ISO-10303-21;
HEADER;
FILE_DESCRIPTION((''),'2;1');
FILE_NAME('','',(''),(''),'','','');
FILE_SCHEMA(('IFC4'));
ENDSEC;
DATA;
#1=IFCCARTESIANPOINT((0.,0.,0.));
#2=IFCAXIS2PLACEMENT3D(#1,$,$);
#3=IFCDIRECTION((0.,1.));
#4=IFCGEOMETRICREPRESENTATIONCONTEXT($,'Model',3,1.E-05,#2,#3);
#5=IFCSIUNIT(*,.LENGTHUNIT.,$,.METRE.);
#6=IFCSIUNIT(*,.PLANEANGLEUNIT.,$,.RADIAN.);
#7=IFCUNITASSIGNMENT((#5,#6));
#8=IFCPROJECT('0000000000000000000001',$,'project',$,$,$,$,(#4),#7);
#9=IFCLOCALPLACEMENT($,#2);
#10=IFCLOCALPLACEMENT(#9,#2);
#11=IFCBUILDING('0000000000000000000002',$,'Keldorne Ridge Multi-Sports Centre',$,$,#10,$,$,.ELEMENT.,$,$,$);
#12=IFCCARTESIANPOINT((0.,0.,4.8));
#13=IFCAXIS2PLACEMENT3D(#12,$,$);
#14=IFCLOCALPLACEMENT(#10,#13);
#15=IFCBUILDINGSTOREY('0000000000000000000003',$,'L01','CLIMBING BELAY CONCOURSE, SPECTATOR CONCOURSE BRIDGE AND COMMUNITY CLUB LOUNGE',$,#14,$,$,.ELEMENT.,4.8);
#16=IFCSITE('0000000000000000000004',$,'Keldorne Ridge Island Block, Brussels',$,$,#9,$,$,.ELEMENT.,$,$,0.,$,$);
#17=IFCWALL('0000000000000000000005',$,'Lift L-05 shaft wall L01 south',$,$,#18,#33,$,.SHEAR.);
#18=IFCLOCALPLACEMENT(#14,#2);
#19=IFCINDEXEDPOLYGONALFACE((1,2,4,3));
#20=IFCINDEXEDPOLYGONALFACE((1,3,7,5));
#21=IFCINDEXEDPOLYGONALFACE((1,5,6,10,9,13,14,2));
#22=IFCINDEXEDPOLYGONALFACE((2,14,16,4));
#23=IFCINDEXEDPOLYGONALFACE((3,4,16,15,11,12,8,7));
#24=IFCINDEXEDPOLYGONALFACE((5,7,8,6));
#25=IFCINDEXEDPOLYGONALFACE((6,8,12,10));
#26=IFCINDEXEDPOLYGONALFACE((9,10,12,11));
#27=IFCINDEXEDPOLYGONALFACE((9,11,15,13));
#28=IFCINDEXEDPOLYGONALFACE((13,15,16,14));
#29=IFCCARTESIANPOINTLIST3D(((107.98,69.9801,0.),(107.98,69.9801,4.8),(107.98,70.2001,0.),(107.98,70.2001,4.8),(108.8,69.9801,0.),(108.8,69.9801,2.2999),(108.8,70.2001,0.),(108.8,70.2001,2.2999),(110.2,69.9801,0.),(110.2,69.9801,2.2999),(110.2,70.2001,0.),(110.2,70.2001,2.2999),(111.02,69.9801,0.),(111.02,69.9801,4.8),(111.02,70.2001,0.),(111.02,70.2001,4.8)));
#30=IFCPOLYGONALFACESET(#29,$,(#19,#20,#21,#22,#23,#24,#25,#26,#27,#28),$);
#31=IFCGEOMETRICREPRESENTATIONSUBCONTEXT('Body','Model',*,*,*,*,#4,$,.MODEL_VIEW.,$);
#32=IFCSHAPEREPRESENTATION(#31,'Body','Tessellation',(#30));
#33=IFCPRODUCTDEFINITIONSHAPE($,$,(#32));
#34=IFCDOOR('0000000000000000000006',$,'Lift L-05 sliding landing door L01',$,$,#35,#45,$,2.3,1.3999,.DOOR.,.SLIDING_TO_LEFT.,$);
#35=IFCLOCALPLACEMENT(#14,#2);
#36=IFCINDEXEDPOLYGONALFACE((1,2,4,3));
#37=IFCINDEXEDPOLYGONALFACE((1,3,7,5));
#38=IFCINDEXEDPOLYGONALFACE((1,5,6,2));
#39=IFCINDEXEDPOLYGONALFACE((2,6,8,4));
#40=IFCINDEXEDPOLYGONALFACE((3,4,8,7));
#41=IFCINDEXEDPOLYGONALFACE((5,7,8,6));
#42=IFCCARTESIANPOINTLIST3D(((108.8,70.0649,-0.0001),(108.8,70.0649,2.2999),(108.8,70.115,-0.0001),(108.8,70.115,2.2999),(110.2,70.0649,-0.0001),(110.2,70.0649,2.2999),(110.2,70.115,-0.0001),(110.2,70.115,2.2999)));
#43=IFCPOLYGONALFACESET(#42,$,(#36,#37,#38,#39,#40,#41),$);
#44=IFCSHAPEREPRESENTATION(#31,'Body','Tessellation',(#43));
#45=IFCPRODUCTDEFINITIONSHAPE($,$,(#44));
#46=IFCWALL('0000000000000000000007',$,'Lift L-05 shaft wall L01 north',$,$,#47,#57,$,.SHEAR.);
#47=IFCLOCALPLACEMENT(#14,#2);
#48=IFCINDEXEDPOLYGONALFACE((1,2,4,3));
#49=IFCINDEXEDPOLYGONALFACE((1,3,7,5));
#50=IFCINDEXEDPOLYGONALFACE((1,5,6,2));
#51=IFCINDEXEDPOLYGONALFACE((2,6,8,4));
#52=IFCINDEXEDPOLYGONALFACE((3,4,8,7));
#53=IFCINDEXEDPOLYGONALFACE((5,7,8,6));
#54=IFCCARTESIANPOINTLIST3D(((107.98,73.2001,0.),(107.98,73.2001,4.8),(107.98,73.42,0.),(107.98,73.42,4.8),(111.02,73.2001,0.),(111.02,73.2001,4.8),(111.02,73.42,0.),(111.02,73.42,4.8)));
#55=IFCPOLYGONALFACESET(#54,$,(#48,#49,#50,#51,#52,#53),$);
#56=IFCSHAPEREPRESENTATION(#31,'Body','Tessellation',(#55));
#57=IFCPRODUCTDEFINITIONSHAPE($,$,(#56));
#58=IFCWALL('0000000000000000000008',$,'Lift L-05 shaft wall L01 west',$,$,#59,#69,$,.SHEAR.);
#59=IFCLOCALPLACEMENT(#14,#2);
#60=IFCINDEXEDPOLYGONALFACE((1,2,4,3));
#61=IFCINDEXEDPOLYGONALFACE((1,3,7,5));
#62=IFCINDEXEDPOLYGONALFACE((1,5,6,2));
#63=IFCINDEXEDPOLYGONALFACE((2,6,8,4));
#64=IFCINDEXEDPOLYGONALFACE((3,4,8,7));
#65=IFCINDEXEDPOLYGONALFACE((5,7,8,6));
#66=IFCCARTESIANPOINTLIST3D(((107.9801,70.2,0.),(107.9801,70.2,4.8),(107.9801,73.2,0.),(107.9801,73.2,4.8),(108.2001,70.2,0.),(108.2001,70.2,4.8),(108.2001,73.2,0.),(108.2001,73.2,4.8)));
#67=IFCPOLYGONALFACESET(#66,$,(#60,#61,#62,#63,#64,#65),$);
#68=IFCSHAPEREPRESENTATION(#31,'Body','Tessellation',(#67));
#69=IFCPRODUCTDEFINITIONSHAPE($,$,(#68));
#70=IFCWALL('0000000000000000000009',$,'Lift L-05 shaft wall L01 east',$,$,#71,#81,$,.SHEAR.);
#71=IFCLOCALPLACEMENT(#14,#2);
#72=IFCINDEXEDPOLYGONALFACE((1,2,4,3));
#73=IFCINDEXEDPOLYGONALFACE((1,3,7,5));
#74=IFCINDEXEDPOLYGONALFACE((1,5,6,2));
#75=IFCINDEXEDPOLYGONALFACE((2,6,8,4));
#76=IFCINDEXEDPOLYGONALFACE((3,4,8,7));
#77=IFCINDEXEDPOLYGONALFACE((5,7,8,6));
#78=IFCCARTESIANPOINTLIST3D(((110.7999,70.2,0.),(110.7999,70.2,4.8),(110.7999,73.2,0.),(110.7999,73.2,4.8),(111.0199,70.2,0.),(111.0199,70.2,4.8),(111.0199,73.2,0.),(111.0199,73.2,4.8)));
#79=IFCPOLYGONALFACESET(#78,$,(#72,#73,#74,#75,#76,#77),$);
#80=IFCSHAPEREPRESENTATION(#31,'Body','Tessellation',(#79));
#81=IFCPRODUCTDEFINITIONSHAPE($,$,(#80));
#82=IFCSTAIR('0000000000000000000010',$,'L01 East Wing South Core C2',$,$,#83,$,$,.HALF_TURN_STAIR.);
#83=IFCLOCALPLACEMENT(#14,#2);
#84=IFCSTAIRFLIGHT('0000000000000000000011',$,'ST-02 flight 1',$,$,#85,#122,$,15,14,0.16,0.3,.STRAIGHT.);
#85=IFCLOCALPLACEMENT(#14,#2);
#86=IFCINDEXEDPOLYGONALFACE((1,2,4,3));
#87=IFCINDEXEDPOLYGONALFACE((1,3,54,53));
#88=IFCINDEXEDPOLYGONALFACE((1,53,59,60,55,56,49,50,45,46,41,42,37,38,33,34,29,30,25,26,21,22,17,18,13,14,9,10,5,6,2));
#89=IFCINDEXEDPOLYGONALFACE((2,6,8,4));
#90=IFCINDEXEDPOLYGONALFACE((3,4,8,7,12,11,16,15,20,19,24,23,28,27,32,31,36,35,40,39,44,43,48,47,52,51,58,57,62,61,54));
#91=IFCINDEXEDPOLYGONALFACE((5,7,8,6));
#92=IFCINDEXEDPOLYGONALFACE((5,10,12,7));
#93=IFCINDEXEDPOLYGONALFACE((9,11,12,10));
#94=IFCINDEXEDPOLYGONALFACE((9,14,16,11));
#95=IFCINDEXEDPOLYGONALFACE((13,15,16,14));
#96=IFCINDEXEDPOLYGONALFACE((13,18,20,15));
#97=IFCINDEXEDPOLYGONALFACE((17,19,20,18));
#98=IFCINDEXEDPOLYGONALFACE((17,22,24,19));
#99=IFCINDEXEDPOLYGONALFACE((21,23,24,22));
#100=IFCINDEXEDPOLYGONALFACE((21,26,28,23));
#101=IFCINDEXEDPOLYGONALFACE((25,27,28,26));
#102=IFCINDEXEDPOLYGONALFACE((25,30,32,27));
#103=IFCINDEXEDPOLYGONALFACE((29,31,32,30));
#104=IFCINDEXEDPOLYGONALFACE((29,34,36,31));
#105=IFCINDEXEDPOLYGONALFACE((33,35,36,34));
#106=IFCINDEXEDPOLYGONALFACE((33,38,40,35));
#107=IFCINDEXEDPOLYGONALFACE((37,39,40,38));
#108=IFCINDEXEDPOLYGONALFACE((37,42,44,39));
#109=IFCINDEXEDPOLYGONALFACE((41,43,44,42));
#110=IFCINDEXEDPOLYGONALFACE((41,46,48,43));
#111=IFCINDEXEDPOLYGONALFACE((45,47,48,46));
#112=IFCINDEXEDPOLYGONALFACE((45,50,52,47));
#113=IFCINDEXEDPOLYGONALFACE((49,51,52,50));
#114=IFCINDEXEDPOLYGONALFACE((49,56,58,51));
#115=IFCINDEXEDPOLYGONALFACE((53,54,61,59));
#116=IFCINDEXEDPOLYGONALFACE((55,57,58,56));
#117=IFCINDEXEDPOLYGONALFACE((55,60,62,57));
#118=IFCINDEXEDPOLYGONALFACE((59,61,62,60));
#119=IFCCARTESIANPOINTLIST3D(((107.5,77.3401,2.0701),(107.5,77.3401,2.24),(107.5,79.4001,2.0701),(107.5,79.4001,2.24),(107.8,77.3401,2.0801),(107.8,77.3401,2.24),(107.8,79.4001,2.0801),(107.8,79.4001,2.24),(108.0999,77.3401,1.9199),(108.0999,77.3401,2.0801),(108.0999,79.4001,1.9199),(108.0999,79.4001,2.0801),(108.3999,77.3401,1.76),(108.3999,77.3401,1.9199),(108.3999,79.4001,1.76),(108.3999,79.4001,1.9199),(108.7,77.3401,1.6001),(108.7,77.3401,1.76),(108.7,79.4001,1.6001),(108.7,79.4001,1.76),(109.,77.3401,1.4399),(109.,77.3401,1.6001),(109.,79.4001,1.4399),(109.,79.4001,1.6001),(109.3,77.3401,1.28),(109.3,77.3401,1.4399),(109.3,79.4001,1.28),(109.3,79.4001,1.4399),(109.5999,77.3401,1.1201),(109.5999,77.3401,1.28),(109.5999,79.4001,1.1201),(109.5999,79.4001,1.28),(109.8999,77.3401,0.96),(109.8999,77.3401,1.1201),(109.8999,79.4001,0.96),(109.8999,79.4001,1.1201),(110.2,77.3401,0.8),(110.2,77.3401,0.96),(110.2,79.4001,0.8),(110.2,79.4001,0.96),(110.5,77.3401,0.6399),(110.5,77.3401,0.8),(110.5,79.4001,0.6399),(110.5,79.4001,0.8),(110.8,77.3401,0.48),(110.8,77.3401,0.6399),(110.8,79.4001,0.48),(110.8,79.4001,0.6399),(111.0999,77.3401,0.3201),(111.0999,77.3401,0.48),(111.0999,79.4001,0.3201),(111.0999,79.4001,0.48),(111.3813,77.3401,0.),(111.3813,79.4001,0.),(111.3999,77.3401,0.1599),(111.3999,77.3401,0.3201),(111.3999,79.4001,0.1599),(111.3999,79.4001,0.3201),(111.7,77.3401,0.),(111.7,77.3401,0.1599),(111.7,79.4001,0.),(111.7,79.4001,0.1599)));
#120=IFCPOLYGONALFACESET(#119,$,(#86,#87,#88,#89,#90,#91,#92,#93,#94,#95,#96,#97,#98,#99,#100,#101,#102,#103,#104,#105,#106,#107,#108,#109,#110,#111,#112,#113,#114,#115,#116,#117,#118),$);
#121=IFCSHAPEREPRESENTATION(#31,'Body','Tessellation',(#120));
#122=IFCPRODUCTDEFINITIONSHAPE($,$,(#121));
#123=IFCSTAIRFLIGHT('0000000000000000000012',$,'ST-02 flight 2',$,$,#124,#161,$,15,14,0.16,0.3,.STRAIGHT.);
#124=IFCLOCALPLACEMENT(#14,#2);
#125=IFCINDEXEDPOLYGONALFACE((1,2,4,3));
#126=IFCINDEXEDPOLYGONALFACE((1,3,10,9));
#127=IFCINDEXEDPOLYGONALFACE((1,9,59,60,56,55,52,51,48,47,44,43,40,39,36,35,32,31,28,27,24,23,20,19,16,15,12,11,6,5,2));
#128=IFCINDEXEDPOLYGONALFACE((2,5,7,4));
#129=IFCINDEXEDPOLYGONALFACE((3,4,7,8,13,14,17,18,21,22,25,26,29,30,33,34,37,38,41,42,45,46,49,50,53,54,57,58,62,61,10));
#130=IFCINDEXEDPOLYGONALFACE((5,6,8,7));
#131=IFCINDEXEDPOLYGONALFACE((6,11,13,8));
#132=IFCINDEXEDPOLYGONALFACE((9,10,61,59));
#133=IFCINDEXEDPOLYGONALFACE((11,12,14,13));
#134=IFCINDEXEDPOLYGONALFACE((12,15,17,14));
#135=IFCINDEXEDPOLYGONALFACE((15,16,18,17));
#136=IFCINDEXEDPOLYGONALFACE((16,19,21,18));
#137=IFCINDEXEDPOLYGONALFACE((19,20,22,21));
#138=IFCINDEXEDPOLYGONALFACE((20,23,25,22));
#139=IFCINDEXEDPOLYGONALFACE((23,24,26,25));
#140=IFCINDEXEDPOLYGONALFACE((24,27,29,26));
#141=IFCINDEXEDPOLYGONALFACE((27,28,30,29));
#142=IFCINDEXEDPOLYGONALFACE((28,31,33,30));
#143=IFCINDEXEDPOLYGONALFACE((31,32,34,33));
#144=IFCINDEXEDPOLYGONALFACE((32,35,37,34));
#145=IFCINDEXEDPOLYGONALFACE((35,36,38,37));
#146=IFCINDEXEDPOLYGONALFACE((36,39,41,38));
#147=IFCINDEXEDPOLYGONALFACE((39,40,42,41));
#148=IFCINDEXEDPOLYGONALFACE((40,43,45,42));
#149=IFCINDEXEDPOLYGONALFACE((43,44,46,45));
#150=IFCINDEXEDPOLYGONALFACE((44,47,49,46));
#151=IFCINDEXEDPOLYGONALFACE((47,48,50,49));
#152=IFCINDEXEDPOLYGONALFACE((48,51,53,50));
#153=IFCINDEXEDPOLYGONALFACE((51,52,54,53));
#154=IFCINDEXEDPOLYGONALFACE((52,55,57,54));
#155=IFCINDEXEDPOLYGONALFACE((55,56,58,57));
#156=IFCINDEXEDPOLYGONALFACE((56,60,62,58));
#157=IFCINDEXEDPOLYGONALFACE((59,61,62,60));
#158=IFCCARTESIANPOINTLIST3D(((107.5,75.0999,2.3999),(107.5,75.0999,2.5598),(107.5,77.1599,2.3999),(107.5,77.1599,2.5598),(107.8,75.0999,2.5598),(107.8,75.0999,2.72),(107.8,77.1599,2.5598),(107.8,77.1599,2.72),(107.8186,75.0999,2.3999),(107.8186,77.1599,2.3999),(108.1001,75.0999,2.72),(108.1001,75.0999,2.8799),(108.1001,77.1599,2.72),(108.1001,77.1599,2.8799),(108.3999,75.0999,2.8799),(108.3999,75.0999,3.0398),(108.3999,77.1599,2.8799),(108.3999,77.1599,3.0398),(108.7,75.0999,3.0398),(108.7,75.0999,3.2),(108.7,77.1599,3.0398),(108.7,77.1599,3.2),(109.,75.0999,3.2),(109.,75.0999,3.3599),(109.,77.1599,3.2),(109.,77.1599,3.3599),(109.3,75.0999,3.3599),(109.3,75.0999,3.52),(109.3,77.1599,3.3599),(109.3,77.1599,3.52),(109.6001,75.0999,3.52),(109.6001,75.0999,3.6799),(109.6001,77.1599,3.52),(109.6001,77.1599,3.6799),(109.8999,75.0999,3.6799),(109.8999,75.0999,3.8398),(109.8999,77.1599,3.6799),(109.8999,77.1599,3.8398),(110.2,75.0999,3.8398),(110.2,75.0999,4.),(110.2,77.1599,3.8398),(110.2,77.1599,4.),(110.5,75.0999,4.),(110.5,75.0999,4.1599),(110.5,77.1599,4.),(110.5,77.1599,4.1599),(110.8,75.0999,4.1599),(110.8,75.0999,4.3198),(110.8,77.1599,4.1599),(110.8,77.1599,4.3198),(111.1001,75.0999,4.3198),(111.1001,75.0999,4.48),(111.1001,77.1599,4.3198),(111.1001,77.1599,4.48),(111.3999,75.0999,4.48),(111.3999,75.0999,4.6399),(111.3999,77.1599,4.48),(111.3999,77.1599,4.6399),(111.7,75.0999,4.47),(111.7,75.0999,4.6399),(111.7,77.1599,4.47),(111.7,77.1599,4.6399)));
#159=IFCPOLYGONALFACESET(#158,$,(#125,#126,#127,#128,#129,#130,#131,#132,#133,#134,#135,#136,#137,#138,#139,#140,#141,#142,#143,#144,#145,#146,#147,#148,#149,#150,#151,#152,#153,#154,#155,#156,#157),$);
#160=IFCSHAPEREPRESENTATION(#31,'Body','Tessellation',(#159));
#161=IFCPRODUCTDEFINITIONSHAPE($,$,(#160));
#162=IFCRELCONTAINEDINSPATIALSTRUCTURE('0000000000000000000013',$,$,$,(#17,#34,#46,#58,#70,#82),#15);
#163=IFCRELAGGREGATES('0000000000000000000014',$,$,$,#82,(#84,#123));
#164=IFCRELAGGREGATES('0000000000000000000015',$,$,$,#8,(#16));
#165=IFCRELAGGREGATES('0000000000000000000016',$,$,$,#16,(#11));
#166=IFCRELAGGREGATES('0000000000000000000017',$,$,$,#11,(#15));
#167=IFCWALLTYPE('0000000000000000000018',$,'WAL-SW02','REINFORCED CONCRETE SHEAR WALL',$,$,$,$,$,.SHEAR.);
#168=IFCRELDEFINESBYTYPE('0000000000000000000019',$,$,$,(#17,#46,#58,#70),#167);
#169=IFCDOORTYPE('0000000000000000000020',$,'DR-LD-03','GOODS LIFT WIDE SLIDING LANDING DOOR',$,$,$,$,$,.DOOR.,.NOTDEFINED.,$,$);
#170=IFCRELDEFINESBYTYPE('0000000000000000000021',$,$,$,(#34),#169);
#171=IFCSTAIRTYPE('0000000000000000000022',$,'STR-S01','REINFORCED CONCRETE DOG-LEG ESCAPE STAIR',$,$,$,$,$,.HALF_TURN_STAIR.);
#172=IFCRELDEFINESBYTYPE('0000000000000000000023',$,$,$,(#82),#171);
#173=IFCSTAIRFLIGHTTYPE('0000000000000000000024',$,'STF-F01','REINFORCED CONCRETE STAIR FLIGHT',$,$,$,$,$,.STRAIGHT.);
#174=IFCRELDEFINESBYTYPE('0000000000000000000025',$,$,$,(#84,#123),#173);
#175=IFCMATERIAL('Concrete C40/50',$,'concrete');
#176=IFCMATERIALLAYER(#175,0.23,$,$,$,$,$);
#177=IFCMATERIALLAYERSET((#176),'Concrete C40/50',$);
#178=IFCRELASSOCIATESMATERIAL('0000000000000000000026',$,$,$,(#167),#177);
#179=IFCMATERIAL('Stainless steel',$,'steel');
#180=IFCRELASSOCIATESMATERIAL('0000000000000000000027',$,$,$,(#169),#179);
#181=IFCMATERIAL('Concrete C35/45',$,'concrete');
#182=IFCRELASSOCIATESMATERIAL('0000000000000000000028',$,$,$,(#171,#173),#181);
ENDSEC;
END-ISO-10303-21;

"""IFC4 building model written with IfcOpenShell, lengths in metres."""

from ifc_helpers import new_model, si_unit, direction, frame, frame_2d, origin, place, context, subcontext, project, spatial, polyline, rectangle, outline, extrude, material, layer, layer_set, type_object, element, fill, aggregate, save


model = new_model("IFC4")

# Units and contexts
model_context = context("Model", 3, precision=1e-05, world=origin(), true_north=direction((0.0, 1.0)))
body_context = subcontext(model_context, "Body", "Model", "MODEL_VIEW")
ifc_project = project(units=[si_unit("LENGTHUNIT", "METRE"), si_unit("PLANEANGLEUNIT", "RADIAN")], contexts=[model_context])

# Site, building, storey
site_placement = place(None, origin())
site = spatial("IfcSite", under=ifc_project, at=site_placement, Name="Keldorne Ridge Island Block, Brussels", CompositionType="ELEMENT", RefElevation=0.0)
building_placement = place(site_placement, origin())
building = spatial("IfcBuilding", under=site, at=building_placement, Name="Keldorne Ridge Multi-Sports Centre", CompositionType="ELEMENT")
storey_placement = place(building_placement, frame((0.0, 0.0, 4.8)))
storey = spatial("IfcBuildingStorey", under=building, at=storey_placement, Name="L01", Description="CLIMBING BELAY CONCOURSE, SPECTATOR CONCOURSE BRIDGE AND COMMUNITY CLUB LOUNGE", CompositionType="ELEMENT", Elevation=4.8)

# Shared definitions
ifc_material_1 = material(Name="Concrete C40/50", Category="concrete")

# Wall, opening, door
ifc_layer_1 = layer(ifc_material_1, 0.23)
ifc_layer_set_1 = layer_set([ifc_layer_1], Name="Concrete C40/50")
wall_type_1 = type_object("IfcWallType", Name="WAL-SW02", Description="REINFORCED CONCRETE SHEAR WALL", PredefinedType="SHEAR", material=ifc_layer_set_1)
wall_1_placement = place(storey_placement, frame((107.98, 70.0901, 0.0), z_axis=(0.0, 0.0, 1.0), x_axis=(1.0, 0.0, 0.0)))
wall_1 = element("IfcWall", 1, at=wall_1_placement, inside=storey, type_object=wall_type_1, Name="Lift L-05 shaft wall L01 south", PredefinedType="SHEAR", context=body_context, shape_type="SweptSolid", body=[
    extrude(rectangle(XDim=3.04, YDim=0.22, at=frame_2d((1.52, 0.0))), origin(), (0.0, 0.0, 1.0), 4.8),
])
opening_1_placement = place(wall_1_placement, frame((0.8201, 0.0, 0.0)))
opening_1 = element("IfcOpeningElement", 2, at=opening_1_placement, cuts=wall_1, PredefinedType="OPENING", context=body_context, shape_type="SweptSolid", body=[
    extrude(rectangle(XDim=1.3999, YDim=2.3, at=frame_2d((0.7, 1.1499))), frame((0.0, 0.1201, 0.0), z_axis=(0.0, -1.0, 0.0), x_axis=(1.0, 0.0, 0.0)), (0.0, 0.0, 1.0), 0.24),
])
ifc_material_2 = material(Name="Stainless steel", Category="steel")
door_type_1 = type_object("IfcDoorType", Name="DR-LD-03", Description="GOODS LIFT WIDE SLIDING LANDING DOOR", OperationType="NOTDEFINED", PredefinedType="DOOR", material=ifc_material_2)
door_1_placement = place(opening_1_placement, origin())
door_1 = element("IfcDoor", 3, at=door_1_placement, inside=storey, type_object=door_type_1, Name="Lift L-05 sliding landing door L01", OperationType="SLIDING_TO_LEFT", OverallHeight=2.3, OverallWidth=1.3999, PredefinedType="DOOR", context=body_context, shape_type="SweptSolid", body=[
    extrude(rectangle(XDim=1.3999, YDim=2.3, at=frame_2d((0.7, 1.1499))), frame((0.0, 0.0249, 0.0), z_axis=(0.0, -1.0, 0.0), x_axis=(1.0, 0.0, 0.0)), (0.0, 0.0, 1.0), 0.05),
])
fill(opening_1, door_1)

# Walls
wall_2_placement = place(storey_placement, frame((111.02, 73.3101, 0.0), z_axis=(0.0, 0.0, 1.0), x_axis=(-1.0, 0.0, 0.0)))
element("IfcWall", 4, at=wall_2_placement, inside=storey, type_object=wall_type_1, Name="Lift L-05 shaft wall L01 north", PredefinedType="SHEAR", context=body_context, shape_type="SweptSolid", body=[
    extrude(rectangle(XDim=3.04, YDim=0.22, at=frame_2d((1.52, 0.0))), origin(), (0.0, 0.0, 1.0), 4.8),
])
for number, where, z_axis, x_axis, name in (
    (5, (108.0901, 73.2, 0.0), (0.0, 0.0, 1.0), (0.0, -1.0, 0.0), "Lift L-05 shaft wall L01 west"),
    (6, (110.9099, 70.2, 0.0), (0.0, 0.0, 1.0), (0.0, 1.0, 0.0), "Lift L-05 shaft wall L01 east"),
):
    element("IfcWall", number, at=place(storey_placement, frame(where, z_axis=z_axis, x_axis=x_axis)), inside=storey, type_object=wall_type_1, Name=name, PredefinedType="SHEAR", context=body_context, shape_type="SweptSolid", body=[
        extrude(rectangle(XDim=3.0, YDim=0.22, at=frame_2d((1.5, 0.0))), origin(), (0.0, 0.0, 1.0), 4.8),
    ])

# Stair, stair flights
ifc_material_3 = material(Name="Concrete C35/45", Category="concrete")
stair_type = type_object("IfcStairType", Name="STR-S01", Description="REINFORCED CONCRETE DOG-LEG ESCAPE STAIR", PredefinedType="HALF_TURN_STAIR", material=ifc_material_3)
stair_placement = place(storey_placement, origin())
stair = element("IfcStair", 7, at=stair_placement, inside=storey, type_object=stair_type, Name="L01 East Wing South Core C2", PredefinedType="HALF_TURN_STAIR")
stair_flight_type = type_object("IfcStairFlightType", Name="STF-F01", Description="REINFORCED CONCRETE STAIR FLIGHT", PredefinedType="STRAIGHT", material=ifc_material_3)
stair_flight_1_placement = place(storey_placement, frame((111.7, 78.3701, 0.0), z_axis=(0.0, 0.0, 1.0), x_axis=(-1.0, 0.0, 0.0)))
stair_flight_1 = element("IfcStairFlight", 8, at=stair_flight_1_placement, type_object=stair_flight_type, Name="ST-02 flight 1", NumberOfRisers=15, NumberOfTreads=14, PredefinedType="STRAIGHT", RiserHeight=0.16, TreadLength=0.3, context=body_context, shape_type="SweptSolid", body=[
    extrude(outline(polyline([(0.0, 0.0), (0.0, 0.1599), (0.3, 0.1599), (0.3, 0.3201), (0.6001, 0.3201), (0.6001, 0.48), (0.8999, 0.48), (0.8999, 0.6399), (1.2, 0.6399), (1.2, 0.8), (1.5, 0.8), (1.5, 0.96), (1.8, 0.96), (1.8, 1.1201), (2.1001, 1.1201), (2.1001, 1.28), (2.3999, 1.28), (2.3999, 1.4399), (2.7, 1.4399), (2.7, 1.6001), (3.0, 1.6001), (3.0, 1.76), (3.3, 1.76), (3.3, 1.9199), (3.6001, 1.9199), (3.6001, 2.0801), (3.8999, 2.0801), (3.8999, 2.24), (4.2, 2.24), (4.2, 2.3999), (4.2, 2.0701), (0.3186, 0.0), (0.0, 0.0)])), frame((0.0, 1.03, 0.0), z_axis=(0.0, -1.0, 0.0), x_axis=(1.0, 0.0, 0.0)), (0.0, 0.0, 1.0), 2.0601),
])
stair_flight_2_placement = place(storey_placement, frame((107.5, 76.1299, 2.3999), z_axis=(0.0, 0.0, 1.0), x_axis=(1.0, 0.0, 0.0)))
stair_flight_2 = element("IfcStairFlight", 9, at=stair_flight_2_placement, type_object=stair_flight_type, Name="ST-02 flight 2", NumberOfRisers=15, NumberOfTreads=14, PredefinedType="STRAIGHT", RiserHeight=0.16, TreadLength=0.3, context=body_context, shape_type="SweptSolid", body=[
    extrude(outline(polyline([(0.0, 0.0), (0.0, 0.1599), (0.3, 0.1599), (0.3, 0.3201), (0.6001, 0.3201), (0.6001, 0.48), (0.8999, 0.48), (0.8999, 0.6399), (1.2, 0.6399), (1.2, 0.8), (1.5, 0.8), (1.5, 0.96), (1.8, 0.96), (1.8, 1.1201), (2.1001, 1.1201), (2.1001, 1.28), (2.3999, 1.28), (2.3999, 1.4399), (2.7, 1.4399), (2.7, 1.6001), (3.0, 1.6001), (3.0, 1.76), (3.3, 1.76), (3.3, 1.9199), (3.6001, 1.9199), (3.6001, 2.0801), (3.8999, 2.0801), (3.8999, 2.24), (4.2, 2.24), (4.2, 2.3999), (4.2, 2.0701), (0.3186, 0.0), (0.0, 0.0)])), frame((0.0, 1.03, 0.0), z_axis=(0.0, -1.0, 0.0), x_axis=(1.0, 0.0, 0.0)), (0.0, 0.0, 1.0), 2.0601),
])
aggregate(stair, [stair_flight_1, stair_flight_2])

save(model, "model.ifc")
